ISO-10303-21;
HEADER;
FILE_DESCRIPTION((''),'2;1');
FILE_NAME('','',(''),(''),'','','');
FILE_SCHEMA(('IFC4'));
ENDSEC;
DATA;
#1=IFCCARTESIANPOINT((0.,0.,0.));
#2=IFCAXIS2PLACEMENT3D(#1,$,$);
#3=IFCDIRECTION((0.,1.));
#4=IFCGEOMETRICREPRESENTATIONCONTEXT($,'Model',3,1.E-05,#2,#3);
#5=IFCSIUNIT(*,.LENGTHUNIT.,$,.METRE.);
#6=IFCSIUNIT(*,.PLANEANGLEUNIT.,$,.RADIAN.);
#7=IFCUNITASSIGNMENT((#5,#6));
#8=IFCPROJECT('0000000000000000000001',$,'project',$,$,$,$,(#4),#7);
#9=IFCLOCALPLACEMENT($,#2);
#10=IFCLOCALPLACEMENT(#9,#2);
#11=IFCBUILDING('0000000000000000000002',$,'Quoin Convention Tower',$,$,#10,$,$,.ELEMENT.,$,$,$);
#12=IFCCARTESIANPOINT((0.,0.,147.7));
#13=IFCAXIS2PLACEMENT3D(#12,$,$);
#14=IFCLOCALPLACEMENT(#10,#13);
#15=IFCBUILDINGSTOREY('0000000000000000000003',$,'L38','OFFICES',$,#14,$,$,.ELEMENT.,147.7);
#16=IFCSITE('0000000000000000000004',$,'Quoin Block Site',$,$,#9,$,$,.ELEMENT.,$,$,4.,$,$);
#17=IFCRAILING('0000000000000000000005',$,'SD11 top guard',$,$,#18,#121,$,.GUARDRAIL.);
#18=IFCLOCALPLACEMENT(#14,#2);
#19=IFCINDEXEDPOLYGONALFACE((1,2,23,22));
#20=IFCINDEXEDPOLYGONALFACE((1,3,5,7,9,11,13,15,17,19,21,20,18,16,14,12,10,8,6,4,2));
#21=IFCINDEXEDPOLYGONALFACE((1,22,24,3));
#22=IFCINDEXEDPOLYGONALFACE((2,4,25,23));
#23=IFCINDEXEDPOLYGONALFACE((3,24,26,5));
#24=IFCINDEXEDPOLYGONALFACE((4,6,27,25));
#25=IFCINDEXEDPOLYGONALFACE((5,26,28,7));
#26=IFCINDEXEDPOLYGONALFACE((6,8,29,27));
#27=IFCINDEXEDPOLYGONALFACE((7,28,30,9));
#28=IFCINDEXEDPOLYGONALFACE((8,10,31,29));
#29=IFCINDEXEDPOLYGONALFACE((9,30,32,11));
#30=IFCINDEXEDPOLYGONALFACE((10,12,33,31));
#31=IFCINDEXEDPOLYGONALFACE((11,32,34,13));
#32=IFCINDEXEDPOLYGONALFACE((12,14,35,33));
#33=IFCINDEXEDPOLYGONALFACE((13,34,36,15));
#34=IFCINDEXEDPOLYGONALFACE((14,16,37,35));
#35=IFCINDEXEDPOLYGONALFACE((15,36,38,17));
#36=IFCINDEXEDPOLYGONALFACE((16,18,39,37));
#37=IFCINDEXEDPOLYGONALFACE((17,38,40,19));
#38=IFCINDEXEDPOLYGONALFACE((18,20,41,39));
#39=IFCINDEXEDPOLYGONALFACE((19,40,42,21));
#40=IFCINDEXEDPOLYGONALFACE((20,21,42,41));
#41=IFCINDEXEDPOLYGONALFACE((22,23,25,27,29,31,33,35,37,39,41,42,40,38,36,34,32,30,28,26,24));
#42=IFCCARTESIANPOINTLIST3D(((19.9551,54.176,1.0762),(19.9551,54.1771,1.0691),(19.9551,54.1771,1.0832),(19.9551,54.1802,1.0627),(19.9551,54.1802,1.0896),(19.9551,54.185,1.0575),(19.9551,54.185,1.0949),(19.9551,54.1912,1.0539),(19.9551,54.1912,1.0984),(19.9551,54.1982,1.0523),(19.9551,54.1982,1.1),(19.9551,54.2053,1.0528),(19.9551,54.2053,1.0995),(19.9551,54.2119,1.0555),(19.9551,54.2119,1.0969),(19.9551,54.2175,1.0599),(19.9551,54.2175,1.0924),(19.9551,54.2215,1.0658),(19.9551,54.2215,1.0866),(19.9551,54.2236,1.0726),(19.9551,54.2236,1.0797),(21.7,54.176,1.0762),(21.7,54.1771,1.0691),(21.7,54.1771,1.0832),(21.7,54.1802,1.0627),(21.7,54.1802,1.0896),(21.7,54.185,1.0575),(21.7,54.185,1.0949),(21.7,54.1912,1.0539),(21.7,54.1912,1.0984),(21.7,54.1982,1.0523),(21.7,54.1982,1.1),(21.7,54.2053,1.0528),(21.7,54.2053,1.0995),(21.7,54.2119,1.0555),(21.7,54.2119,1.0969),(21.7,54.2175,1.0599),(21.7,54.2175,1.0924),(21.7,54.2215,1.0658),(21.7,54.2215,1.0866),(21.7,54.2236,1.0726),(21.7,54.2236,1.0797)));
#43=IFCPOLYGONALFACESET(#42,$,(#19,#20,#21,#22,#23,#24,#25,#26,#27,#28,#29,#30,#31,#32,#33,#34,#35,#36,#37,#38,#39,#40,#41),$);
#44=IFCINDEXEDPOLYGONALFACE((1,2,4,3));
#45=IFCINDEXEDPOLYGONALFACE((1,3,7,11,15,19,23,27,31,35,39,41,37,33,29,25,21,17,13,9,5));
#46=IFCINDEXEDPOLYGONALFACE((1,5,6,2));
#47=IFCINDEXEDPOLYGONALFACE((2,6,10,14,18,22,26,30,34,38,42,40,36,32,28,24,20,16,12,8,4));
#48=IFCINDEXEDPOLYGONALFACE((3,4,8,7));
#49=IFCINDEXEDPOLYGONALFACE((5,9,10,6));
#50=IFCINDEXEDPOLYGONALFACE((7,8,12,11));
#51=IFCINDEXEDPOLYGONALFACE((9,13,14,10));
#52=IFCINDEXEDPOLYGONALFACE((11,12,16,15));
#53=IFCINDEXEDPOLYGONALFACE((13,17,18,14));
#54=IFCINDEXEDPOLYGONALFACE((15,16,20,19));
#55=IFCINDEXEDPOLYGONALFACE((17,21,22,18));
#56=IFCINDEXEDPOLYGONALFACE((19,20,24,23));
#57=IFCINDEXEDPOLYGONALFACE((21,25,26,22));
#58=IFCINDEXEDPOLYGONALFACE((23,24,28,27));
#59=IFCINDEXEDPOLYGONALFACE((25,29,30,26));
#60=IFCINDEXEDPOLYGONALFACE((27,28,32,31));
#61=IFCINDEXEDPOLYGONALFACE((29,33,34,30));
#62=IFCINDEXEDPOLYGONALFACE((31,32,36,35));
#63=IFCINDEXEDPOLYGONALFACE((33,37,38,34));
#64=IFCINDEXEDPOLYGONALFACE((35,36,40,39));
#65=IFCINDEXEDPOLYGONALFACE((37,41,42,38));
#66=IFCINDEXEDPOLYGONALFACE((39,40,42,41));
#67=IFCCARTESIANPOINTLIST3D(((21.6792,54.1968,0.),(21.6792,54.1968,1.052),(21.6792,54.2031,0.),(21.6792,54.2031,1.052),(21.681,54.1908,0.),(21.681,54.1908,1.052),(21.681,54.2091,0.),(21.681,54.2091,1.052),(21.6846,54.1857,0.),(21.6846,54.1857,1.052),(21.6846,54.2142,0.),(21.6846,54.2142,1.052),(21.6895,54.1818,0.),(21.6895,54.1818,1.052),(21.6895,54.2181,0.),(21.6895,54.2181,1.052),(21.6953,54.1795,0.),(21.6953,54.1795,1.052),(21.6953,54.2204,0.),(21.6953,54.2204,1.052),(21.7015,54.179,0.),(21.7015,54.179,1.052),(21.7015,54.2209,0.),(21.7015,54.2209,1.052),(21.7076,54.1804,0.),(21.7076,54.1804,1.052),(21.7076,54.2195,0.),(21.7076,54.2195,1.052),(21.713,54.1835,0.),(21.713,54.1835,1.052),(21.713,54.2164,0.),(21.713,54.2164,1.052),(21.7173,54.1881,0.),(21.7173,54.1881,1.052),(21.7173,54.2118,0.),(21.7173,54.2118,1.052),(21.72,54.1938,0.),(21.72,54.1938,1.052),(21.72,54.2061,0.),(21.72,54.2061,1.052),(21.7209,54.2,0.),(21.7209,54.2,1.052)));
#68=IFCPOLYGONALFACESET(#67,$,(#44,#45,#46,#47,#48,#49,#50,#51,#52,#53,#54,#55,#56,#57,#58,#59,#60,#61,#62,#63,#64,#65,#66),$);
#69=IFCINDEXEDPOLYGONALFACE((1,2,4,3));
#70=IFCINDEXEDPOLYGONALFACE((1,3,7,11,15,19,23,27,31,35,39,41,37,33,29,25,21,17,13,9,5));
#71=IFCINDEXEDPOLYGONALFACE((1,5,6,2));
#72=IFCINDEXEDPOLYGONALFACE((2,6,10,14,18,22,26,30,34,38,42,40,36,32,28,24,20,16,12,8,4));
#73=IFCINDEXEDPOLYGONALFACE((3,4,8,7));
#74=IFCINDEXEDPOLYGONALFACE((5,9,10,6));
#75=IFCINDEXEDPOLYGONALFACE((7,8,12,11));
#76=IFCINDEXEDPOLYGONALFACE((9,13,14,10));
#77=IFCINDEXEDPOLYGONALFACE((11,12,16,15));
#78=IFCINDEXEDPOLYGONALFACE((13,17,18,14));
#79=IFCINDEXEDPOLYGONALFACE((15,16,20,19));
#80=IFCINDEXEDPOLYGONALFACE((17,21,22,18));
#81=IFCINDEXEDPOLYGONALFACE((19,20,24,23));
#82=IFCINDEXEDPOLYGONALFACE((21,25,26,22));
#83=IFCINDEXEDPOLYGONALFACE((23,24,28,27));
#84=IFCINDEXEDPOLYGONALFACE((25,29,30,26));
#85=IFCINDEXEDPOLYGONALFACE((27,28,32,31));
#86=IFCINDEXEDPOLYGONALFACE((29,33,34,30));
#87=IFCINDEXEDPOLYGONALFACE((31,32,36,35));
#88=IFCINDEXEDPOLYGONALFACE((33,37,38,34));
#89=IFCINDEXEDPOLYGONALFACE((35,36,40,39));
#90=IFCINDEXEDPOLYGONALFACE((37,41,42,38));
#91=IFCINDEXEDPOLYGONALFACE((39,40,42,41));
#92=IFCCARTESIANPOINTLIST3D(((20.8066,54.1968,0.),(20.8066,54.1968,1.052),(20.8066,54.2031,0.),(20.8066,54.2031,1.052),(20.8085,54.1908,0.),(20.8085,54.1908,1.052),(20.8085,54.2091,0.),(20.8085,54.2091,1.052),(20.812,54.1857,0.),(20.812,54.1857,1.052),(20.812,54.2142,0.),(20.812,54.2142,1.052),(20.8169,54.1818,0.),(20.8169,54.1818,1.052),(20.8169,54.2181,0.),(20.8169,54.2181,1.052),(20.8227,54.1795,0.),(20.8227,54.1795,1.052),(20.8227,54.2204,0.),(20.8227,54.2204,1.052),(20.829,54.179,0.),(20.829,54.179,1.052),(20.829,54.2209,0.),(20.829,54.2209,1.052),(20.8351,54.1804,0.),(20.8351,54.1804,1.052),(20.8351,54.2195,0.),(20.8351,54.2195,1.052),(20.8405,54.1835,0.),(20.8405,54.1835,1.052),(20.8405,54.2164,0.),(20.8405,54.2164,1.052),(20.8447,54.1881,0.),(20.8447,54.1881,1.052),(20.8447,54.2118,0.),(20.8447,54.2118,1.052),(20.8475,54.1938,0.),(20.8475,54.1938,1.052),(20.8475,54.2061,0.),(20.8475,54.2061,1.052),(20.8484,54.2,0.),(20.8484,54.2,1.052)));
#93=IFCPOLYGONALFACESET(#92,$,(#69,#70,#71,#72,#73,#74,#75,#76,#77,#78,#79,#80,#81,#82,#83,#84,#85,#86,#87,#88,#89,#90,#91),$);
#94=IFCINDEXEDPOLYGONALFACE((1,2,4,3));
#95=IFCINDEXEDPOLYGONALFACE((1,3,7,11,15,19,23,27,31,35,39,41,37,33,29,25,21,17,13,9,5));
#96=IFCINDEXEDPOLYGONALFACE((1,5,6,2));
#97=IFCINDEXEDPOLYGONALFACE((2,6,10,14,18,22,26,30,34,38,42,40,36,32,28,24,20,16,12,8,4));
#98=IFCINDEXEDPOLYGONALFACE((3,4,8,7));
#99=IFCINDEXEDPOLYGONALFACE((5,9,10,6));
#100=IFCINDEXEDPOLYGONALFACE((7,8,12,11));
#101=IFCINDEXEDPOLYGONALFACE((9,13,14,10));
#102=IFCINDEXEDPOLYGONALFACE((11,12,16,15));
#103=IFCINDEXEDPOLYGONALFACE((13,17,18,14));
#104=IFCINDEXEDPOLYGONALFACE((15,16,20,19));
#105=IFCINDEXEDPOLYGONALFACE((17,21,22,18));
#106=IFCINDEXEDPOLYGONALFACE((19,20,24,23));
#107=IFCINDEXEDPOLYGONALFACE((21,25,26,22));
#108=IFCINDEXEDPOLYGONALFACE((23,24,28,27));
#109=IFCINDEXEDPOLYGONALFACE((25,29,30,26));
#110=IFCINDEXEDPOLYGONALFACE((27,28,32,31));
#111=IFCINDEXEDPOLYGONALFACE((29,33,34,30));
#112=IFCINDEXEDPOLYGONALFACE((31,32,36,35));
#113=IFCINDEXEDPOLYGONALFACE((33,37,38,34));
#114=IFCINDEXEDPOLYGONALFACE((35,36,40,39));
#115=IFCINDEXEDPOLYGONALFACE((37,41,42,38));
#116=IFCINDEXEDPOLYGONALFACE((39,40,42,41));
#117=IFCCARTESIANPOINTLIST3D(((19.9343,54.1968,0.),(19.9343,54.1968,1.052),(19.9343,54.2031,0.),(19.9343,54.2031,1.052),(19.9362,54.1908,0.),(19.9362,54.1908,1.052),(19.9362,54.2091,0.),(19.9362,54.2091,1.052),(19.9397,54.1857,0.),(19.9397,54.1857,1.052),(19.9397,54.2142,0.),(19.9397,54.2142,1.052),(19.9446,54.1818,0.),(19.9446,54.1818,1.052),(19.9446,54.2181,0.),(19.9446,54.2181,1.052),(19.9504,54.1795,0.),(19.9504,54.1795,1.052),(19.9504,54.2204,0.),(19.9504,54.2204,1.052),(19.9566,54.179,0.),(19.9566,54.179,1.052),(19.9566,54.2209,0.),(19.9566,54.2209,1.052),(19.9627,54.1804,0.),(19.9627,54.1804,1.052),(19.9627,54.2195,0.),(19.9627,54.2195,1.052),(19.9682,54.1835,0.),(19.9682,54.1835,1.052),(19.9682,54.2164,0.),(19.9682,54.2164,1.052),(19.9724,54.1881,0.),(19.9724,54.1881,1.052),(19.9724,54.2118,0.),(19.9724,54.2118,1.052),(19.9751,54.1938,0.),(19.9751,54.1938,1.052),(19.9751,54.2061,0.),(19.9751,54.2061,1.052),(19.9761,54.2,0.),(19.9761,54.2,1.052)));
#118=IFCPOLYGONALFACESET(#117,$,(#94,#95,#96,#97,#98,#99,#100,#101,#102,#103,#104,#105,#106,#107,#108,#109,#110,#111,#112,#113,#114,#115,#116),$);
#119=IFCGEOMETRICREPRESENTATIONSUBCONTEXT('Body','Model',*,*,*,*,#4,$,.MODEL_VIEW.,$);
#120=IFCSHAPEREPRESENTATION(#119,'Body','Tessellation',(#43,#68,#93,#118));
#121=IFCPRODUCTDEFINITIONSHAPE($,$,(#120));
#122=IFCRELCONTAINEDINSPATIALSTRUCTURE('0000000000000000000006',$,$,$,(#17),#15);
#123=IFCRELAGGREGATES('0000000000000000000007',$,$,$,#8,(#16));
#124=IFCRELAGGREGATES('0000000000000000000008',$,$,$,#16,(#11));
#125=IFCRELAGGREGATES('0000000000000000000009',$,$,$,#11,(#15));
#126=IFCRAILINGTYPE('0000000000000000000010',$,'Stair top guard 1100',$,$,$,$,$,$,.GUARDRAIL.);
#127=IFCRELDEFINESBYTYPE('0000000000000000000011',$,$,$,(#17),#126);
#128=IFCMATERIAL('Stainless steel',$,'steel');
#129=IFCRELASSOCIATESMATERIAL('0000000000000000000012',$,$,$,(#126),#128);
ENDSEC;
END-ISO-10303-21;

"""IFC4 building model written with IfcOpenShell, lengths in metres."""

from ifc_helpers import new_model, si_unit, direction, frame, origin, origin_2d, place, context, subcontext, project, spatial, circle, extrude, material, type_object, element, save


model = new_model("IFC4")

# Units and contexts
model_context = context("Model", 3, precision=1e-05, world=origin(), true_north=direction((0.0, 1.0)))
body_context = subcontext(model_context, "Body", "Model", "MODEL_VIEW")
ifc_project = project(units=[si_unit("LENGTHUNIT", "METRE"), si_unit("PLANEANGLEUNIT", "RADIAN")], contexts=[model_context])

# Site, building, storey
site_placement = place(None, origin())
site = spatial("IfcSite", under=ifc_project, at=site_placement, Name="Quoin Block Site", CompositionType="ELEMENT", RefElevation=4.0)
building_placement = place(site_placement, origin())
building = spatial("IfcBuilding", under=site, at=building_placement, Name="Quoin Convention Tower", CompositionType="ELEMENT")
storey_placement = place(building_placement, frame((0.0, 0.0, 147.7)))
storey = spatial("IfcBuildingStorey", under=building, at=storey_placement, Name="L38", Description="OFFICES", CompositionType="ELEMENT", Elevation=147.7)

# Railing
ifc_material_1 = material(Name="Stainless steel", Category="steel")
railing_type_1 = type_object("IfcRailingType", Name="Stair top guard 1100", PredefinedType="GUARDRAIL", material=ifc_material_1)
railing_1_placement = place(storey_placement, frame((21.7, 54.2, 0.0)))
element("IfcRailing", 1, at=railing_1_placement, inside=storey, type_object=railing_type_1, Name="SD11 top guard", PredefinedType="GUARDRAIL", context=body_context, shape_type="SweptSolid", body=[
    extrude(circle(Radius=0.0239, at=origin_2d()), frame((0.0, 0.0, 1.0762), z_axis=(-1.0, 0.0, 0.0), x_axis=(0.0, -1.0, 0.0)), (0.0, 0.0, 1.0), 1.7449),
    extrude(circle(Radius=0.021, at=origin_2d()), origin(), (0.0, 0.0, 1.0), 1.052),
    extrude(circle(Radius=0.021, at=origin_2d()), frame((-0.8726, 0.0, 0.0)), (0.0, 0.0, 1.0), 1.052),
    extrude(circle(Radius=0.021, at=origin_2d()), frame((-1.7449, 0.0, 0.0)), (0.0, 0.0, 1.0), 1.052),
])

save(model, "model.ifc")
